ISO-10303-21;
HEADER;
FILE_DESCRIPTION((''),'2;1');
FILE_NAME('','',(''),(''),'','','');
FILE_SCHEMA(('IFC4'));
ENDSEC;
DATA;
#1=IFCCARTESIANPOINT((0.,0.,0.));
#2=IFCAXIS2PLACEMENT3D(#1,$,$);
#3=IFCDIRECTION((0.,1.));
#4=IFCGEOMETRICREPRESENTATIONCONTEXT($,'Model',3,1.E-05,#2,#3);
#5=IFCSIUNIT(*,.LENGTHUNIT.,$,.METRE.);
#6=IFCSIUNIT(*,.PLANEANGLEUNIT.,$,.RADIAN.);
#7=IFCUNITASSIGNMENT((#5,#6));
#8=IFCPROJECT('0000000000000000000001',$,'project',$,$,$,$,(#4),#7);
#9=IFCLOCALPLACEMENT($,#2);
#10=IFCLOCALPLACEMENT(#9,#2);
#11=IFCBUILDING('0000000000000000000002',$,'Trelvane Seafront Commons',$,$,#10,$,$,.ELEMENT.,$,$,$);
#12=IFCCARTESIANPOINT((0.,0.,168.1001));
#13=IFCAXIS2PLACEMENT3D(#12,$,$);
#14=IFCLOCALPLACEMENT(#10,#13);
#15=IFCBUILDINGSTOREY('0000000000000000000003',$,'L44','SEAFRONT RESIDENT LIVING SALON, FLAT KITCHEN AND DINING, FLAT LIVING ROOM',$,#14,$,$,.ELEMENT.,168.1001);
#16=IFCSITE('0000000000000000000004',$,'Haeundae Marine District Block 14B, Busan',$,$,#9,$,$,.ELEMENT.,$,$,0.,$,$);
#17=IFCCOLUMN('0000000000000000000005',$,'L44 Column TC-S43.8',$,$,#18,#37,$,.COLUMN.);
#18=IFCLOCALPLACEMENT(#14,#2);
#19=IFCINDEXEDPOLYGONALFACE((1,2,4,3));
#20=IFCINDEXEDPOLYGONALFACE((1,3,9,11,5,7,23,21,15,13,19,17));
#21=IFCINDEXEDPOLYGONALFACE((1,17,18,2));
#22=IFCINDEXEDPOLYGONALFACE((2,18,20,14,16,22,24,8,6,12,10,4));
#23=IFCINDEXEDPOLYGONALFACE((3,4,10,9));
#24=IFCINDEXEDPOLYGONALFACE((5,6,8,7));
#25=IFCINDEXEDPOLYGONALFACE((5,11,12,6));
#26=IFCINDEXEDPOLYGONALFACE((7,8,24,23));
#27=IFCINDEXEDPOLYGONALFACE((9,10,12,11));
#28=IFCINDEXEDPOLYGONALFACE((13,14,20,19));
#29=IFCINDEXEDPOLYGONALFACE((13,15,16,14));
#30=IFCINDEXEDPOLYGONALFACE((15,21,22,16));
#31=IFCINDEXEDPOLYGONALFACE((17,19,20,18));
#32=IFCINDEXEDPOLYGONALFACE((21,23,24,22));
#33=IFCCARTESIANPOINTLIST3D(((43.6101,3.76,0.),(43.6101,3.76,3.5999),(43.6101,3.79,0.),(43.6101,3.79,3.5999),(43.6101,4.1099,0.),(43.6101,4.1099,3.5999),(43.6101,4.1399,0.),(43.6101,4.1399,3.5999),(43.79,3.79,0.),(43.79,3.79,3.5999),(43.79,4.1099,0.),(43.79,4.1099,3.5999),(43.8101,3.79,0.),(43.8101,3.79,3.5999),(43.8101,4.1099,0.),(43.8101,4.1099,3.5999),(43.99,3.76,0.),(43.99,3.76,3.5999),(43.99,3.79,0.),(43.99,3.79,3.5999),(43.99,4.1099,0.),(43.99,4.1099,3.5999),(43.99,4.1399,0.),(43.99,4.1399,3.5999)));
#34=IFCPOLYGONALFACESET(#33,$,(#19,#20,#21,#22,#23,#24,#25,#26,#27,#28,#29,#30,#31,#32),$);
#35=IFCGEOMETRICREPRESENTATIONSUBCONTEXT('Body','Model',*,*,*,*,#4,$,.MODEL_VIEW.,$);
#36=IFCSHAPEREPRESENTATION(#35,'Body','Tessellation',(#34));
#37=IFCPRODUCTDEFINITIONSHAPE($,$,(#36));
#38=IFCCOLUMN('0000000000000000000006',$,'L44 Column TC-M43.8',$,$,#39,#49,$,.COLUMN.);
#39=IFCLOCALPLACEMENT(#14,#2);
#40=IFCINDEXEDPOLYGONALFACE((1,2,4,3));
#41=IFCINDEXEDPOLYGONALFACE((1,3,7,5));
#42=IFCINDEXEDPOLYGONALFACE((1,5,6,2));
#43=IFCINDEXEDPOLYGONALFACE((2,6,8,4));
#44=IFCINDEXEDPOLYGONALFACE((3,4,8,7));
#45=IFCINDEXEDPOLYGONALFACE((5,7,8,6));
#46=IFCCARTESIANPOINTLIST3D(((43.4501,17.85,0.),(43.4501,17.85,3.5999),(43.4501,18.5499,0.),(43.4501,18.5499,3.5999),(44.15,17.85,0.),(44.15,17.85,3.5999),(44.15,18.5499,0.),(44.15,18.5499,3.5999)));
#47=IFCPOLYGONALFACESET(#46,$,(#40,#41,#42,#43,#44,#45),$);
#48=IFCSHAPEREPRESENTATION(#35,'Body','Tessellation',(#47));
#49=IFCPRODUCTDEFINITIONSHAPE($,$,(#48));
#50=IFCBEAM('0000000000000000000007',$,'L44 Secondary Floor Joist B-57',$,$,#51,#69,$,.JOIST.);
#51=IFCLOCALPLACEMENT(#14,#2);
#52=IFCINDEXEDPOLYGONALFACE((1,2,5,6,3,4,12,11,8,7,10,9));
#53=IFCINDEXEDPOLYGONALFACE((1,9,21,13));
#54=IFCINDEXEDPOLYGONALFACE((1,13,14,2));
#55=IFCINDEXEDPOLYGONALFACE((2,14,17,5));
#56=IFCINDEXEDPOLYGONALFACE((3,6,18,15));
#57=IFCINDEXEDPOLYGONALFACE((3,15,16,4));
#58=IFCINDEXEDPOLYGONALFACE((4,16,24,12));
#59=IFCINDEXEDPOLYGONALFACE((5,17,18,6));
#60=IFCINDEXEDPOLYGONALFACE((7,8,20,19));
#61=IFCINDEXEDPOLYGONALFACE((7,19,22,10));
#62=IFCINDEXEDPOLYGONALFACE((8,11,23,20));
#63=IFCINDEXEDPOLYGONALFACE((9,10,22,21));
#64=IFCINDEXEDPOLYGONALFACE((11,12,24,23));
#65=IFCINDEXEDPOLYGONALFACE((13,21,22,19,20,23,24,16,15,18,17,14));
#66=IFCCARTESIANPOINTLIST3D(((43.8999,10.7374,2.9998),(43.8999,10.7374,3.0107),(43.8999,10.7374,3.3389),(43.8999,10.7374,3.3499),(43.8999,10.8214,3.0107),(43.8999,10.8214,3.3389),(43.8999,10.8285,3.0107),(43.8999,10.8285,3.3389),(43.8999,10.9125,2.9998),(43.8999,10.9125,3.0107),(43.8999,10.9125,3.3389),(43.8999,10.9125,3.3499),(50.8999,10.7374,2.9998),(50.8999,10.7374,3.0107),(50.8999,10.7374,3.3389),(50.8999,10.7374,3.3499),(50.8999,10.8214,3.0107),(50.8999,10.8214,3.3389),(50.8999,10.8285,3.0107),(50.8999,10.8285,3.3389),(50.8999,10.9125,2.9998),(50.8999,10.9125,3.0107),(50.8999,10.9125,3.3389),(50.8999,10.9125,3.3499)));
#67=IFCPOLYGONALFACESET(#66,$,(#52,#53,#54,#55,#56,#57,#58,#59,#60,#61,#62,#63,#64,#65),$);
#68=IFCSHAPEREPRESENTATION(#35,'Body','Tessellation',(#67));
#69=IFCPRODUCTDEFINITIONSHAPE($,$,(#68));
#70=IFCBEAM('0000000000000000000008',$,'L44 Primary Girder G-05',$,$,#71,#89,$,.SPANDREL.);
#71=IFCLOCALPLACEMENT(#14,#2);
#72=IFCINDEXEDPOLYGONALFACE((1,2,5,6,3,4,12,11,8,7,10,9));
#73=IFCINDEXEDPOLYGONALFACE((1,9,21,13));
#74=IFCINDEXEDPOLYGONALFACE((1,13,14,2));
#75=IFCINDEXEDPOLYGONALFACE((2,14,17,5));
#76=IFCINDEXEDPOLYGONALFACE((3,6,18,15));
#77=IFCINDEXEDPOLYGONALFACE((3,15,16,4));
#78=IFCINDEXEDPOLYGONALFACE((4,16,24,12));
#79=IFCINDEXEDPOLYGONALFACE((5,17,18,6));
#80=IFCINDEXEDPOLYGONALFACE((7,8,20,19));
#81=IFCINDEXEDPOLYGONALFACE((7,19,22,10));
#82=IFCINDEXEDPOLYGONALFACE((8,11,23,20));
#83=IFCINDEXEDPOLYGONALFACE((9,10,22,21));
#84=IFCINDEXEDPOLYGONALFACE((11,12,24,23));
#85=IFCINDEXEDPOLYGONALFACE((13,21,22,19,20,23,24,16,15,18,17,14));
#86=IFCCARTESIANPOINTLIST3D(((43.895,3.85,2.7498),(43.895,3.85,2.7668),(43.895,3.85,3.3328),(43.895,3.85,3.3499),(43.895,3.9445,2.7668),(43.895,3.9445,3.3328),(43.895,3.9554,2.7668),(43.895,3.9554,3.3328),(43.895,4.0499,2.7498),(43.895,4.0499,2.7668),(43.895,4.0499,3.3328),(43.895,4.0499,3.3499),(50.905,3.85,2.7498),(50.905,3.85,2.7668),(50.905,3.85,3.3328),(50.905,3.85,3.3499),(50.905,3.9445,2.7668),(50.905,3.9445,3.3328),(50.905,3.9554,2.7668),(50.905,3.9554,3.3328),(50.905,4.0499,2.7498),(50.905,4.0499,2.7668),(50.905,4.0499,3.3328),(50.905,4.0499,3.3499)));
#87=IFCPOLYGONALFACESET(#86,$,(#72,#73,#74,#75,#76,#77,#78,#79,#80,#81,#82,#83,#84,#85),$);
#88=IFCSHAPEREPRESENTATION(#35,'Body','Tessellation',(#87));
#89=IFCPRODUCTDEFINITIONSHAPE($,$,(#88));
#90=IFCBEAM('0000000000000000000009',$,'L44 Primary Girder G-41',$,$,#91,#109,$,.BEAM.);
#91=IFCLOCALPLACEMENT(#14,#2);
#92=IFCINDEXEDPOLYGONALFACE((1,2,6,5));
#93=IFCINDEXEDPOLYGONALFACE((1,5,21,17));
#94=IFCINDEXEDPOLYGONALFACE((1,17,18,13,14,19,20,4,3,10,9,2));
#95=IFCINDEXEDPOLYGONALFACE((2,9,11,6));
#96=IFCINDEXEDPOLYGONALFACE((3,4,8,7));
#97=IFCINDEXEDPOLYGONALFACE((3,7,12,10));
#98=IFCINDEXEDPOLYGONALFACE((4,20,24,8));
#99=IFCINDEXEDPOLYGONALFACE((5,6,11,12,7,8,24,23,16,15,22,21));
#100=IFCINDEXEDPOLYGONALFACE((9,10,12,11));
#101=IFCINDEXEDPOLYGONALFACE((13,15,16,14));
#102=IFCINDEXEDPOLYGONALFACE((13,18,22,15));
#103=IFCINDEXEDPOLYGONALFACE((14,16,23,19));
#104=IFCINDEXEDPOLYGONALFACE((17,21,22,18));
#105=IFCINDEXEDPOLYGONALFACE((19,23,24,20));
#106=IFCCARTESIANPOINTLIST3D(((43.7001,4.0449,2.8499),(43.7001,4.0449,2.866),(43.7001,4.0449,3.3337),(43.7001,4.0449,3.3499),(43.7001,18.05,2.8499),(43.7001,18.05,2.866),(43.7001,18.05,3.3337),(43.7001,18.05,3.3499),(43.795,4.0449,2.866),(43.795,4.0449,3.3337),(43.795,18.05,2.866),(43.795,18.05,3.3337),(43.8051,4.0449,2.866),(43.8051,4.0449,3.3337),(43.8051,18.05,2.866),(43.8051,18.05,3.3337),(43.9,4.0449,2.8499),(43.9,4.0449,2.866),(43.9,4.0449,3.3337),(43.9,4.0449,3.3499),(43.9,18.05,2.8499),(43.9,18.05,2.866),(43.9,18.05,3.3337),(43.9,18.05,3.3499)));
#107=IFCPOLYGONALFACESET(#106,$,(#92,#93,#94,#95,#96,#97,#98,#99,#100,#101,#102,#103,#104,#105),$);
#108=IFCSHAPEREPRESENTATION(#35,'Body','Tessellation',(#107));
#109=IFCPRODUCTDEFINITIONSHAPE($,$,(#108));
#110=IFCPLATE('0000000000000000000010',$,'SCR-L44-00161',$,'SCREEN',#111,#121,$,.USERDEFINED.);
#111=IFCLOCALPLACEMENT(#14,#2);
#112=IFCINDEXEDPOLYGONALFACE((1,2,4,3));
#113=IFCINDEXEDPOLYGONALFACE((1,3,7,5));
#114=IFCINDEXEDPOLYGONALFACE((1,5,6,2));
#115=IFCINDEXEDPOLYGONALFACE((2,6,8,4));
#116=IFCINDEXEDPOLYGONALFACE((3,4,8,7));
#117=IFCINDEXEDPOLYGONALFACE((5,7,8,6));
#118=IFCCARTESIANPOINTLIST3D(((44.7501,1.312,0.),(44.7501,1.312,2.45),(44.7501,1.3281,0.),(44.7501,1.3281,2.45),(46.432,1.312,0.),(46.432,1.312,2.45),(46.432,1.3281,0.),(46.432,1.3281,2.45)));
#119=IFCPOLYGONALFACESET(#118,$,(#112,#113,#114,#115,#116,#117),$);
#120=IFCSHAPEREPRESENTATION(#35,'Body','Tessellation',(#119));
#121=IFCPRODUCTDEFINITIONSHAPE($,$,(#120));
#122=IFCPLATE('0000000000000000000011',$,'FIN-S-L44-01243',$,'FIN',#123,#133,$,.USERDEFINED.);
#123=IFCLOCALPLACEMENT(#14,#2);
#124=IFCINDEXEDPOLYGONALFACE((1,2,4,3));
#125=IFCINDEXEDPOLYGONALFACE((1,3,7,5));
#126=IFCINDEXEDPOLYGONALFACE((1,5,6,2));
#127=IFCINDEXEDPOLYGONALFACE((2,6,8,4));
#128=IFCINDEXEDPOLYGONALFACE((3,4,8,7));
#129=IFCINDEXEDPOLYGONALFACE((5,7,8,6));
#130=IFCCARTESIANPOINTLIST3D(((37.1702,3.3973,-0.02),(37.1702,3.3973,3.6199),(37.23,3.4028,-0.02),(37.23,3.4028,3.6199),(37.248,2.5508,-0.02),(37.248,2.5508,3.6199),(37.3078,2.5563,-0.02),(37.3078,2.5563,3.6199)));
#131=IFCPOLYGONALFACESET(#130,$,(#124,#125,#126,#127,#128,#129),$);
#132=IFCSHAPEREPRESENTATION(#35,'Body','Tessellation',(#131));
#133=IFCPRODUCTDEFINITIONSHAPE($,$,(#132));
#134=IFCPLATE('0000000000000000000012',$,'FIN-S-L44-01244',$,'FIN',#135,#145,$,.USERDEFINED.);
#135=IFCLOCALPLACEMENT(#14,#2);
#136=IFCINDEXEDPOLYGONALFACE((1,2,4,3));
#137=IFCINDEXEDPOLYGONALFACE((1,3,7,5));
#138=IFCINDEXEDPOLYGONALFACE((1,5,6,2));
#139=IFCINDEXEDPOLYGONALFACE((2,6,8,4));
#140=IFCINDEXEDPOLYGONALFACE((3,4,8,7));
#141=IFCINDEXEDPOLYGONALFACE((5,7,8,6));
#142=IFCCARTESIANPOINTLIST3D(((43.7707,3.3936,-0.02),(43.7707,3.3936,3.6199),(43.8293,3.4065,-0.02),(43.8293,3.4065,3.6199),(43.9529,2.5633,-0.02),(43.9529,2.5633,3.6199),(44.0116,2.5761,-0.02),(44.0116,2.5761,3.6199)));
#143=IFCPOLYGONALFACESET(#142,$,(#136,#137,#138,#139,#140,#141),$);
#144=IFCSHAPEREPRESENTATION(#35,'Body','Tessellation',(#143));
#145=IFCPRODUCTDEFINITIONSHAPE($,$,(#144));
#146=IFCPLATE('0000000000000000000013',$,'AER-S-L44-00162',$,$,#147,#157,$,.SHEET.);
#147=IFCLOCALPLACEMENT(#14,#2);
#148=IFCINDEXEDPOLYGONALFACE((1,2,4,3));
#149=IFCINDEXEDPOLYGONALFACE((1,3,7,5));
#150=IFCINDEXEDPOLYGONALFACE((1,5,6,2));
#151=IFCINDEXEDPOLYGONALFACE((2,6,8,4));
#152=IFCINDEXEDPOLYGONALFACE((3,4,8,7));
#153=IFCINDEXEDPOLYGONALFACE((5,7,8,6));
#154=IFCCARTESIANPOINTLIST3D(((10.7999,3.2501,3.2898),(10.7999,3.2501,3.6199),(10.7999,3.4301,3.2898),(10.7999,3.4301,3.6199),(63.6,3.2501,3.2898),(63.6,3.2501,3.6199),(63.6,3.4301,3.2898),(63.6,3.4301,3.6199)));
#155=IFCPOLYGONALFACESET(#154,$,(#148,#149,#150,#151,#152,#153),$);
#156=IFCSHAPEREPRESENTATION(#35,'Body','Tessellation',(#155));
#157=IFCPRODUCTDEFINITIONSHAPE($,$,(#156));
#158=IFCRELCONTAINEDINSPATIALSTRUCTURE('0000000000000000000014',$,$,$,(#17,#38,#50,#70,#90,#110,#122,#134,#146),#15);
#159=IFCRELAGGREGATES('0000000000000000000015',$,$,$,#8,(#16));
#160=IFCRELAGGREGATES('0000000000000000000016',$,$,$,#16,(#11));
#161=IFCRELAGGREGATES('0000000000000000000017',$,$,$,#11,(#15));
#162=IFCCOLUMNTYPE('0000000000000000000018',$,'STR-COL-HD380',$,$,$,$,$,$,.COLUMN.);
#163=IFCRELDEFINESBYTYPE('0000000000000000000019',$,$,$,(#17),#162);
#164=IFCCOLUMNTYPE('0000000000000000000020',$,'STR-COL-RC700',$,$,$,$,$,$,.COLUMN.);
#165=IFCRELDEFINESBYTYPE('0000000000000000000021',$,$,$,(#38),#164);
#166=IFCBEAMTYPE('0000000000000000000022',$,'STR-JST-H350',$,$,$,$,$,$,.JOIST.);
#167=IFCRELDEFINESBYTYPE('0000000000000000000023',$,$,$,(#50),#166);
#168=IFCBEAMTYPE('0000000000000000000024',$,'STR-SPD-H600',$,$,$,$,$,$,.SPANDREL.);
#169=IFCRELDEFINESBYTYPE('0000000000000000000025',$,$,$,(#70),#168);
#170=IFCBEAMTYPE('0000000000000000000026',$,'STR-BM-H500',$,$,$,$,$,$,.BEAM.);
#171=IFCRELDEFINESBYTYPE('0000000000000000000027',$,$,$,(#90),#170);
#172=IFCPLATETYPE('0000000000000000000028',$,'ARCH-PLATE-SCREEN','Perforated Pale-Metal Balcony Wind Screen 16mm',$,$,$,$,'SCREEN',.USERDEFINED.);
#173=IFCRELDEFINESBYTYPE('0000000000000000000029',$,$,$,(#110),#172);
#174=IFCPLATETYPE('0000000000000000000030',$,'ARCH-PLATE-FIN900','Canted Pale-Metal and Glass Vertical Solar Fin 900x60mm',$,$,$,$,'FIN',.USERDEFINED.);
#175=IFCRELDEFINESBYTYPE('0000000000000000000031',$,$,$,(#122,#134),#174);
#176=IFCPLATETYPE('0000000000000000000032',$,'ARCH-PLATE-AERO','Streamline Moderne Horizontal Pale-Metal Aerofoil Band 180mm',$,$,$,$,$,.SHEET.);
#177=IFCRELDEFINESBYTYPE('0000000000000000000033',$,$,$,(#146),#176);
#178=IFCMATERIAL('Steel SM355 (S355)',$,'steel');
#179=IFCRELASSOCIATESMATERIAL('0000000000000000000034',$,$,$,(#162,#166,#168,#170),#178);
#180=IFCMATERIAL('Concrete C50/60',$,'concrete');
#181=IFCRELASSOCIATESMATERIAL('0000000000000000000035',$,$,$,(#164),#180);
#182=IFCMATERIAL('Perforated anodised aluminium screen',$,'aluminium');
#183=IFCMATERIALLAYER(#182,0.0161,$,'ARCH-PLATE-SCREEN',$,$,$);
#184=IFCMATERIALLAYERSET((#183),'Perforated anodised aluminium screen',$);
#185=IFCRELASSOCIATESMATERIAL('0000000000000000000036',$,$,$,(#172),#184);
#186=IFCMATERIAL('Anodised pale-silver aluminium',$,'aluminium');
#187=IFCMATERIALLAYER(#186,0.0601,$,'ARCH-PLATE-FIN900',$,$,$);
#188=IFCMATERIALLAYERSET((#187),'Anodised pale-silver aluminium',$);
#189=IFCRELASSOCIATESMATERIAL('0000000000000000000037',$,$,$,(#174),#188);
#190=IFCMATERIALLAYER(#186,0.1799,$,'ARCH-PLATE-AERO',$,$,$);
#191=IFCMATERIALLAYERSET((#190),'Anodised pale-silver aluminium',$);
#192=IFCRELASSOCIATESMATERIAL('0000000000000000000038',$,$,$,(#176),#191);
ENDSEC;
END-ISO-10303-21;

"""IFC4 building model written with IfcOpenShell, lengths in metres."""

from ifc_helpers import new_model, si_unit, direction, frame, origin, origin_2d, place, context, subcontext, project, spatial, rectangle, i_section, extrude, source, transform, mapped, material, layer, layer_set, material_profile, profile_set, type_object, element, save


model = new_model("IFC4")

# Units and contexts
model_context = context("Model", 3, precision=1e-05, world=origin(), true_north=direction((0.0, 1.0)))
body_context = subcontext(model_context, "Body", "Model", "MODEL_VIEW")
ifc_project = project(units=[si_unit("LENGTHUNIT", "METRE"), si_unit("PLANEANGLEUNIT", "RADIAN")], contexts=[model_context])

# Site, building, storey
site_placement = place(None, origin())
site = spatial("IfcSite", under=ifc_project, at=site_placement, Name="Haeundae Marine District Block 14B, Busan", CompositionType="ELEMENT", RefElevation=0.0)
building_placement = place(site_placement, origin())
building = spatial("IfcBuilding", under=site, at=building_placement, Name="Trelvane Seafront Commons", CompositionType="ELEMENT")
storey_placement = place(building_placement, frame((0.0, 0.0, 168.1001)))
storey = spatial("IfcBuildingStorey", under=building, at=storey_placement, Name="L44", Description="SEAFRONT RESIDENT LIVING SALON, FLAT KITCHEN AND DINING, FLAT LIVING ROOM", CompositionType="ELEMENT", Elevation=168.1001)

# Columns
ifc_material_1 = material(Name="Steel SM355 (S355)", Category="steel")
ifc_material_profile_1 = material_profile(ifc_material_1, i_section(OverallWidth=0.3799, OverallDepth=0.3799, WebThickness=0.02, FlangeThickness=0.03, at=origin_2d()), Name="HD-380x380x20x30")
ifc_profile_set_1 = profile_set([ifc_material_profile_1], Name="Steel SM355 (S355)")
column_type_1 = type_object("IfcColumnType", Name="STR-COL-HD380", PredefinedType="COLUMN", material=ifc_profile_set_1)
shared_shape_1 = source(origin(), body_context, "Body", "SweptSolid", [
    extrude(i_section(OverallWidth=0.3799, OverallDepth=0.3799, WebThickness=0.02, FlangeThickness=0.03, at=origin_2d()), origin(), (0.0, 0.0, 1.0), 3.5999),
])
column_1_placement = place(storey_placement, frame((43.8, 3.95, 0.0), z_axis=(0.0, 0.0, 1.0), x_axis=(1.0, 0.0, 0.0)))
element("IfcColumn", 1, at=column_1_placement, inside=storey, type_object=column_type_1, Name="L44 Column TC-S43.8", PredefinedType="COLUMN", context=body_context, shape_type="MappedRepresentation", body=[
    mapped(shared_shape_1, transform((0.0, 0.0, 0.0), x_axis=(1.0, 0.0, 0.0), y_axis=(0.0, 1.0, 0.0), z_axis=(0.0, 0.0, 1.0), scale=1.0)),
])
ifc_material_2 = material(Name="Concrete C50/60", Category="concrete")
ifc_material_profile_2 = material_profile(ifc_material_2, rectangle(XDim=0.7, YDim=0.7, at=origin_2d()), Name="RC-700x700")
ifc_profile_set_2 = profile_set([ifc_material_profile_2], Name="Concrete C50/60")
column_type_2 = type_object("IfcColumnType", Name="STR-COL-RC700", PredefinedType="COLUMN", material=ifc_profile_set_2)
shared_shape_2 = source(origin(), body_context, "Body", "SweptSolid", [
    extrude(rectangle(XDim=0.7, YDim=0.7, at=origin_2d()), origin(), (0.0, 0.0, 1.0), 3.5999),
])
column_2_placement = place(storey_placement, frame((43.8, 18.2, 0.0), z_axis=(0.0, 0.0, 1.0), x_axis=(1.0, 0.0, 0.0)))
element("IfcColumn", 2, at=column_2_placement, inside=storey, type_object=column_type_2, Name="L44 Column TC-M43.8", PredefinedType="COLUMN", context=body_context, shape_type="MappedRepresentation", body=[
    mapped(shared_shape_2, transform((0.0, 0.0, 0.0), x_axis=(1.0, 0.0, 0.0), y_axis=(0.0, 1.0, 0.0), z_axis=(0.0, 0.0, 1.0), scale=1.0)),
])

# Beams
ifc_material_profile_3 = material_profile(ifc_material_1, i_section(OverallWidth=0.175, OverallDepth=0.3501, WebThickness=0.0071, FlangeThickness=0.011, at=origin_2d()), Name="H-350x175x7x11")
ifc_profile_set_3 = profile_set([ifc_material_profile_3], Name="Steel SM355 (S355)")
beam_type_1 = type_object("IfcBeamType", Name="STR-JST-H350", PredefinedType="JOIST", material=ifc_profile_set_3)
shared_shape_3 = source(origin(), body_context, "Body", "SweptSolid", [
    extrude(i_section(OverallWidth=0.175, OverallDepth=0.3501, WebThickness=0.0071, FlangeThickness=0.011, at=origin_2d()), origin(), (0.0, 0.0, 1.0), 7.0),
])
beam_1_placement = place(storey_placement, frame((43.8999, 10.825, 3.1748), z_axis=(1.0, 0.0, 0.0), x_axis=(0.0, 1.0, 0.0)))
element("IfcBeam", 3, at=beam_1_placement, inside=storey, type_object=beam_type_1, Name="L44 Secondary Floor Joist B-57", PredefinedType="JOIST", context=body_context, shape_type="MappedRepresentation", body=[
    mapped(shared_shape_3, transform((0.0, 0.0, 0.0), x_axis=(1.0, 0.0, 0.0), y_axis=(0.0, 1.0, 0.0), z_axis=(0.0, 0.0, 1.0), scale=1.0)),
])
ifc_material_profile_4 = material_profile(ifc_material_1, i_section(OverallWidth=0.2, OverallDepth=0.6001, WebThickness=0.011, FlangeThickness=0.0171, at=origin_2d()), Name="H-600x200x11x17")
ifc_profile_set_4 = profile_set([ifc_material_profile_4], Name="Steel SM355 (S355)")
beam_type_2 = type_object("IfcBeamType", Name="STR-SPD-H600", PredefinedType="SPANDREL", material=ifc_profile_set_4)
shared_shape_4 = source(origin(), body_context, "Body", "SweptSolid", [
    extrude(i_section(OverallWidth=0.2, OverallDepth=0.6001, WebThickness=0.011, FlangeThickness=0.0171, at=origin_2d()), origin(), (0.0, 0.0, 1.0), 7.01),
])
beam_2_placement = place(storey_placement, frame((43.895, 3.95, 3.0498), z_axis=(1.0, 0.0, 0.0), x_axis=(0.0, 1.0, 0.0)))
element("IfcBeam", 4, at=beam_2_placement, inside=storey, type_object=beam_type_2, Name="L44 Primary Girder G-05", PredefinedType="SPANDREL", context=body_context, shape_type="MappedRepresentation", body=[
    mapped(shared_shape_4, transform((0.0, 0.0, 0.0), x_axis=(1.0, 0.0, 0.0), y_axis=(0.0, 1.0, 0.0), z_axis=(0.0, 0.0, 1.0), scale=1.0)),
])
ifc_material_profile_5 = material_profile(ifc_material_1, i_section(OverallWidth=0.2, OverallDepth=0.5, WebThickness=0.01, FlangeThickness=0.0161, at=origin_2d()), Name="H-500x200x10x16")
ifc_profile_set_5 = profile_set([ifc_material_profile_5], Name="Steel SM355 (S355)")
beam_type_3 = type_object("IfcBeamType", Name="STR-BM-H500", PredefinedType="BEAM", material=ifc_profile_set_5)
shared_shape_5 = source(origin(), body_context, "Body", "SweptSolid", [
    extrude(i_section(OverallWidth=0.2, OverallDepth=0.5, WebThickness=0.01, FlangeThickness=0.0161, at=origin_2d()), origin(), (0.0, 0.0, 1.0), 14.0051),
])
beam_3_placement = place(storey_placement, frame((43.8, 4.0449, 3.0999), z_axis=(0.0, 1.0, 0.0), x_axis=(-1.0, 0.0, 0.0)))
element("IfcBeam", 5, at=beam_3_placement, inside=storey, type_object=beam_type_3, Name="L44 Primary Girder G-41", PredefinedType="BEAM", context=body_context, shape_type="MappedRepresentation", body=[
    mapped(shared_shape_5, transform((0.0, 0.0, 0.0), x_axis=(1.0, 0.0, 0.0), y_axis=(0.0, 1.0, 0.0), z_axis=(0.0, 0.0, 1.0), scale=1.0)),
])

# Plates
ifc_material_3 = material(Name="Perforated anodised aluminium screen", Category="aluminium")
ifc_layer_1 = layer(ifc_material_3, 0.0161, Name="ARCH-PLATE-SCREEN")
ifc_layer_set_1 = layer_set([ifc_layer_1], Name="Perforated anodised aluminium screen")
plate_type_1 = type_object("IfcPlateType", Name="ARCH-PLATE-SCREEN", Description="Perforated Pale-Metal Balcony Wind Screen 16mm", ElementType="SCREEN", PredefinedType="USERDEFINED", material=ifc_layer_set_1)
shared_shape_6 = source(origin(), body_context, "Body", "SweptSolid", [
    extrude(rectangle(XDim=1.6819, YDim=0.0161, at=origin_2d()), origin(), (0.0, 0.0, 1.0), 2.45),
])
plate_1_placement = place(storey_placement, frame((45.5911, 1.3201, 0.0), z_axis=(0.0, 0.0, 1.0), x_axis=(1.0, 0.0, 0.0)))
element("IfcPlate", 6, at=plate_1_placement, inside=storey, type_object=plate_type_1, Name="SCR-L44-00161", ObjectType="SCREEN", PredefinedType="USERDEFINED", context=body_context, shape_type="MappedRepresentation", body=[
    mapped(shared_shape_6, transform((0.0, 0.0, 0.0), x_axis=(1.0, 0.0, 0.0), y_axis=(0.0, 1.0, 0.0), z_axis=(0.0, 0.0, 1.0), scale=1.0)),
])
ifc_material_4 = material(Name="Anodised pale-silver aluminium", Category="aluminium")
ifc_layer_2 = layer(ifc_material_4, 0.0601, Name="ARCH-PLATE-FIN900")
ifc_layer_set_2 = layer_set([ifc_layer_2], Name="Anodised pale-silver aluminium")
plate_type_2 = type_object("IfcPlateType", Name="ARCH-PLATE-FIN900", Description="Canted Pale-Metal and Glass Vertical Solar Fin 900x60mm", ElementType="FIN", PredefinedType="USERDEFINED", material=ifc_layer_set_2)
shared_shape_7 = source(origin(), body_context, "Body", "SweptSolid", [
    extrude(rectangle(XDim=0.8501, YDim=0.0601, at=origin_2d()), origin(), (0.0, 0.0, 1.0), 3.6399),
])
for number, where, z_axis, x_axis, name in (
    (7, (37.239, 2.9768, -0.02), (0.0, 0.0, 1.0), (0.091533, -0.995802, 0.0), "FIN-S-L44-01243"),
    (8, (43.8911, 2.9849, -0.02), (0.0, 0.0, 1.0), (0.214364, -0.976754, 0.0), "FIN-S-L44-01244"),
):
    element("IfcPlate", number, at=place(storey_placement, frame(where, z_axis=z_axis, x_axis=x_axis)), inside=storey, type_object=plate_type_2, Name=name, ObjectType="FIN", PredefinedType="USERDEFINED", context=body_context, shape_type="MappedRepresentation", body=[
        mapped(shared_shape_7, transform((0.0, 0.0, 0.0), x_axis=(1.0, 0.0, 0.0), y_axis=(0.0, 1.0, 0.0), z_axis=(0.0, 0.0, 1.0), scale=1.0)),
    ])
ifc_layer_3 = layer(ifc_material_4, 0.1799, Name="ARCH-PLATE-AERO")
ifc_layer_set_3 = layer_set([ifc_layer_3], Name="Anodised pale-silver aluminium")
plate_type_3 = type_object("IfcPlateType", Name="ARCH-PLATE-AERO", Description="Streamline Moderne Horizontal Pale-Metal Aerofoil Band 180mm", PredefinedType="SHEET", material=ifc_layer_set_3)
shared_shape_8 = source(origin(), body_context, "Body", "SweptSolid", [
    extrude(rectangle(XDim=52.8, YDim=0.1799, at=origin_2d()), origin(), (0.0, 0.0, 1.0), 0.3301),
])
plate_2_placement = place(storey_placement, frame((37.2, 3.3401, 3.2898), z_axis=(0.0, 0.0, 1.0), x_axis=(-1.0, 0.0, 0.0)))
element("IfcPlate", 9, at=plate_2_placement, inside=storey, type_object=plate_type_3, Name="AER-S-L44-00162", PredefinedType="SHEET", context=body_context, shape_type="MappedRepresentation", body=[
    mapped(shared_shape_8, transform((0.0, 0.0, 0.0), x_axis=(1.0, 0.0, 0.0), y_axis=(0.0, 1.0, 0.0), z_axis=(0.0, 0.0, 1.0), scale=1.0)),
])

save(model, "model.ifc")
